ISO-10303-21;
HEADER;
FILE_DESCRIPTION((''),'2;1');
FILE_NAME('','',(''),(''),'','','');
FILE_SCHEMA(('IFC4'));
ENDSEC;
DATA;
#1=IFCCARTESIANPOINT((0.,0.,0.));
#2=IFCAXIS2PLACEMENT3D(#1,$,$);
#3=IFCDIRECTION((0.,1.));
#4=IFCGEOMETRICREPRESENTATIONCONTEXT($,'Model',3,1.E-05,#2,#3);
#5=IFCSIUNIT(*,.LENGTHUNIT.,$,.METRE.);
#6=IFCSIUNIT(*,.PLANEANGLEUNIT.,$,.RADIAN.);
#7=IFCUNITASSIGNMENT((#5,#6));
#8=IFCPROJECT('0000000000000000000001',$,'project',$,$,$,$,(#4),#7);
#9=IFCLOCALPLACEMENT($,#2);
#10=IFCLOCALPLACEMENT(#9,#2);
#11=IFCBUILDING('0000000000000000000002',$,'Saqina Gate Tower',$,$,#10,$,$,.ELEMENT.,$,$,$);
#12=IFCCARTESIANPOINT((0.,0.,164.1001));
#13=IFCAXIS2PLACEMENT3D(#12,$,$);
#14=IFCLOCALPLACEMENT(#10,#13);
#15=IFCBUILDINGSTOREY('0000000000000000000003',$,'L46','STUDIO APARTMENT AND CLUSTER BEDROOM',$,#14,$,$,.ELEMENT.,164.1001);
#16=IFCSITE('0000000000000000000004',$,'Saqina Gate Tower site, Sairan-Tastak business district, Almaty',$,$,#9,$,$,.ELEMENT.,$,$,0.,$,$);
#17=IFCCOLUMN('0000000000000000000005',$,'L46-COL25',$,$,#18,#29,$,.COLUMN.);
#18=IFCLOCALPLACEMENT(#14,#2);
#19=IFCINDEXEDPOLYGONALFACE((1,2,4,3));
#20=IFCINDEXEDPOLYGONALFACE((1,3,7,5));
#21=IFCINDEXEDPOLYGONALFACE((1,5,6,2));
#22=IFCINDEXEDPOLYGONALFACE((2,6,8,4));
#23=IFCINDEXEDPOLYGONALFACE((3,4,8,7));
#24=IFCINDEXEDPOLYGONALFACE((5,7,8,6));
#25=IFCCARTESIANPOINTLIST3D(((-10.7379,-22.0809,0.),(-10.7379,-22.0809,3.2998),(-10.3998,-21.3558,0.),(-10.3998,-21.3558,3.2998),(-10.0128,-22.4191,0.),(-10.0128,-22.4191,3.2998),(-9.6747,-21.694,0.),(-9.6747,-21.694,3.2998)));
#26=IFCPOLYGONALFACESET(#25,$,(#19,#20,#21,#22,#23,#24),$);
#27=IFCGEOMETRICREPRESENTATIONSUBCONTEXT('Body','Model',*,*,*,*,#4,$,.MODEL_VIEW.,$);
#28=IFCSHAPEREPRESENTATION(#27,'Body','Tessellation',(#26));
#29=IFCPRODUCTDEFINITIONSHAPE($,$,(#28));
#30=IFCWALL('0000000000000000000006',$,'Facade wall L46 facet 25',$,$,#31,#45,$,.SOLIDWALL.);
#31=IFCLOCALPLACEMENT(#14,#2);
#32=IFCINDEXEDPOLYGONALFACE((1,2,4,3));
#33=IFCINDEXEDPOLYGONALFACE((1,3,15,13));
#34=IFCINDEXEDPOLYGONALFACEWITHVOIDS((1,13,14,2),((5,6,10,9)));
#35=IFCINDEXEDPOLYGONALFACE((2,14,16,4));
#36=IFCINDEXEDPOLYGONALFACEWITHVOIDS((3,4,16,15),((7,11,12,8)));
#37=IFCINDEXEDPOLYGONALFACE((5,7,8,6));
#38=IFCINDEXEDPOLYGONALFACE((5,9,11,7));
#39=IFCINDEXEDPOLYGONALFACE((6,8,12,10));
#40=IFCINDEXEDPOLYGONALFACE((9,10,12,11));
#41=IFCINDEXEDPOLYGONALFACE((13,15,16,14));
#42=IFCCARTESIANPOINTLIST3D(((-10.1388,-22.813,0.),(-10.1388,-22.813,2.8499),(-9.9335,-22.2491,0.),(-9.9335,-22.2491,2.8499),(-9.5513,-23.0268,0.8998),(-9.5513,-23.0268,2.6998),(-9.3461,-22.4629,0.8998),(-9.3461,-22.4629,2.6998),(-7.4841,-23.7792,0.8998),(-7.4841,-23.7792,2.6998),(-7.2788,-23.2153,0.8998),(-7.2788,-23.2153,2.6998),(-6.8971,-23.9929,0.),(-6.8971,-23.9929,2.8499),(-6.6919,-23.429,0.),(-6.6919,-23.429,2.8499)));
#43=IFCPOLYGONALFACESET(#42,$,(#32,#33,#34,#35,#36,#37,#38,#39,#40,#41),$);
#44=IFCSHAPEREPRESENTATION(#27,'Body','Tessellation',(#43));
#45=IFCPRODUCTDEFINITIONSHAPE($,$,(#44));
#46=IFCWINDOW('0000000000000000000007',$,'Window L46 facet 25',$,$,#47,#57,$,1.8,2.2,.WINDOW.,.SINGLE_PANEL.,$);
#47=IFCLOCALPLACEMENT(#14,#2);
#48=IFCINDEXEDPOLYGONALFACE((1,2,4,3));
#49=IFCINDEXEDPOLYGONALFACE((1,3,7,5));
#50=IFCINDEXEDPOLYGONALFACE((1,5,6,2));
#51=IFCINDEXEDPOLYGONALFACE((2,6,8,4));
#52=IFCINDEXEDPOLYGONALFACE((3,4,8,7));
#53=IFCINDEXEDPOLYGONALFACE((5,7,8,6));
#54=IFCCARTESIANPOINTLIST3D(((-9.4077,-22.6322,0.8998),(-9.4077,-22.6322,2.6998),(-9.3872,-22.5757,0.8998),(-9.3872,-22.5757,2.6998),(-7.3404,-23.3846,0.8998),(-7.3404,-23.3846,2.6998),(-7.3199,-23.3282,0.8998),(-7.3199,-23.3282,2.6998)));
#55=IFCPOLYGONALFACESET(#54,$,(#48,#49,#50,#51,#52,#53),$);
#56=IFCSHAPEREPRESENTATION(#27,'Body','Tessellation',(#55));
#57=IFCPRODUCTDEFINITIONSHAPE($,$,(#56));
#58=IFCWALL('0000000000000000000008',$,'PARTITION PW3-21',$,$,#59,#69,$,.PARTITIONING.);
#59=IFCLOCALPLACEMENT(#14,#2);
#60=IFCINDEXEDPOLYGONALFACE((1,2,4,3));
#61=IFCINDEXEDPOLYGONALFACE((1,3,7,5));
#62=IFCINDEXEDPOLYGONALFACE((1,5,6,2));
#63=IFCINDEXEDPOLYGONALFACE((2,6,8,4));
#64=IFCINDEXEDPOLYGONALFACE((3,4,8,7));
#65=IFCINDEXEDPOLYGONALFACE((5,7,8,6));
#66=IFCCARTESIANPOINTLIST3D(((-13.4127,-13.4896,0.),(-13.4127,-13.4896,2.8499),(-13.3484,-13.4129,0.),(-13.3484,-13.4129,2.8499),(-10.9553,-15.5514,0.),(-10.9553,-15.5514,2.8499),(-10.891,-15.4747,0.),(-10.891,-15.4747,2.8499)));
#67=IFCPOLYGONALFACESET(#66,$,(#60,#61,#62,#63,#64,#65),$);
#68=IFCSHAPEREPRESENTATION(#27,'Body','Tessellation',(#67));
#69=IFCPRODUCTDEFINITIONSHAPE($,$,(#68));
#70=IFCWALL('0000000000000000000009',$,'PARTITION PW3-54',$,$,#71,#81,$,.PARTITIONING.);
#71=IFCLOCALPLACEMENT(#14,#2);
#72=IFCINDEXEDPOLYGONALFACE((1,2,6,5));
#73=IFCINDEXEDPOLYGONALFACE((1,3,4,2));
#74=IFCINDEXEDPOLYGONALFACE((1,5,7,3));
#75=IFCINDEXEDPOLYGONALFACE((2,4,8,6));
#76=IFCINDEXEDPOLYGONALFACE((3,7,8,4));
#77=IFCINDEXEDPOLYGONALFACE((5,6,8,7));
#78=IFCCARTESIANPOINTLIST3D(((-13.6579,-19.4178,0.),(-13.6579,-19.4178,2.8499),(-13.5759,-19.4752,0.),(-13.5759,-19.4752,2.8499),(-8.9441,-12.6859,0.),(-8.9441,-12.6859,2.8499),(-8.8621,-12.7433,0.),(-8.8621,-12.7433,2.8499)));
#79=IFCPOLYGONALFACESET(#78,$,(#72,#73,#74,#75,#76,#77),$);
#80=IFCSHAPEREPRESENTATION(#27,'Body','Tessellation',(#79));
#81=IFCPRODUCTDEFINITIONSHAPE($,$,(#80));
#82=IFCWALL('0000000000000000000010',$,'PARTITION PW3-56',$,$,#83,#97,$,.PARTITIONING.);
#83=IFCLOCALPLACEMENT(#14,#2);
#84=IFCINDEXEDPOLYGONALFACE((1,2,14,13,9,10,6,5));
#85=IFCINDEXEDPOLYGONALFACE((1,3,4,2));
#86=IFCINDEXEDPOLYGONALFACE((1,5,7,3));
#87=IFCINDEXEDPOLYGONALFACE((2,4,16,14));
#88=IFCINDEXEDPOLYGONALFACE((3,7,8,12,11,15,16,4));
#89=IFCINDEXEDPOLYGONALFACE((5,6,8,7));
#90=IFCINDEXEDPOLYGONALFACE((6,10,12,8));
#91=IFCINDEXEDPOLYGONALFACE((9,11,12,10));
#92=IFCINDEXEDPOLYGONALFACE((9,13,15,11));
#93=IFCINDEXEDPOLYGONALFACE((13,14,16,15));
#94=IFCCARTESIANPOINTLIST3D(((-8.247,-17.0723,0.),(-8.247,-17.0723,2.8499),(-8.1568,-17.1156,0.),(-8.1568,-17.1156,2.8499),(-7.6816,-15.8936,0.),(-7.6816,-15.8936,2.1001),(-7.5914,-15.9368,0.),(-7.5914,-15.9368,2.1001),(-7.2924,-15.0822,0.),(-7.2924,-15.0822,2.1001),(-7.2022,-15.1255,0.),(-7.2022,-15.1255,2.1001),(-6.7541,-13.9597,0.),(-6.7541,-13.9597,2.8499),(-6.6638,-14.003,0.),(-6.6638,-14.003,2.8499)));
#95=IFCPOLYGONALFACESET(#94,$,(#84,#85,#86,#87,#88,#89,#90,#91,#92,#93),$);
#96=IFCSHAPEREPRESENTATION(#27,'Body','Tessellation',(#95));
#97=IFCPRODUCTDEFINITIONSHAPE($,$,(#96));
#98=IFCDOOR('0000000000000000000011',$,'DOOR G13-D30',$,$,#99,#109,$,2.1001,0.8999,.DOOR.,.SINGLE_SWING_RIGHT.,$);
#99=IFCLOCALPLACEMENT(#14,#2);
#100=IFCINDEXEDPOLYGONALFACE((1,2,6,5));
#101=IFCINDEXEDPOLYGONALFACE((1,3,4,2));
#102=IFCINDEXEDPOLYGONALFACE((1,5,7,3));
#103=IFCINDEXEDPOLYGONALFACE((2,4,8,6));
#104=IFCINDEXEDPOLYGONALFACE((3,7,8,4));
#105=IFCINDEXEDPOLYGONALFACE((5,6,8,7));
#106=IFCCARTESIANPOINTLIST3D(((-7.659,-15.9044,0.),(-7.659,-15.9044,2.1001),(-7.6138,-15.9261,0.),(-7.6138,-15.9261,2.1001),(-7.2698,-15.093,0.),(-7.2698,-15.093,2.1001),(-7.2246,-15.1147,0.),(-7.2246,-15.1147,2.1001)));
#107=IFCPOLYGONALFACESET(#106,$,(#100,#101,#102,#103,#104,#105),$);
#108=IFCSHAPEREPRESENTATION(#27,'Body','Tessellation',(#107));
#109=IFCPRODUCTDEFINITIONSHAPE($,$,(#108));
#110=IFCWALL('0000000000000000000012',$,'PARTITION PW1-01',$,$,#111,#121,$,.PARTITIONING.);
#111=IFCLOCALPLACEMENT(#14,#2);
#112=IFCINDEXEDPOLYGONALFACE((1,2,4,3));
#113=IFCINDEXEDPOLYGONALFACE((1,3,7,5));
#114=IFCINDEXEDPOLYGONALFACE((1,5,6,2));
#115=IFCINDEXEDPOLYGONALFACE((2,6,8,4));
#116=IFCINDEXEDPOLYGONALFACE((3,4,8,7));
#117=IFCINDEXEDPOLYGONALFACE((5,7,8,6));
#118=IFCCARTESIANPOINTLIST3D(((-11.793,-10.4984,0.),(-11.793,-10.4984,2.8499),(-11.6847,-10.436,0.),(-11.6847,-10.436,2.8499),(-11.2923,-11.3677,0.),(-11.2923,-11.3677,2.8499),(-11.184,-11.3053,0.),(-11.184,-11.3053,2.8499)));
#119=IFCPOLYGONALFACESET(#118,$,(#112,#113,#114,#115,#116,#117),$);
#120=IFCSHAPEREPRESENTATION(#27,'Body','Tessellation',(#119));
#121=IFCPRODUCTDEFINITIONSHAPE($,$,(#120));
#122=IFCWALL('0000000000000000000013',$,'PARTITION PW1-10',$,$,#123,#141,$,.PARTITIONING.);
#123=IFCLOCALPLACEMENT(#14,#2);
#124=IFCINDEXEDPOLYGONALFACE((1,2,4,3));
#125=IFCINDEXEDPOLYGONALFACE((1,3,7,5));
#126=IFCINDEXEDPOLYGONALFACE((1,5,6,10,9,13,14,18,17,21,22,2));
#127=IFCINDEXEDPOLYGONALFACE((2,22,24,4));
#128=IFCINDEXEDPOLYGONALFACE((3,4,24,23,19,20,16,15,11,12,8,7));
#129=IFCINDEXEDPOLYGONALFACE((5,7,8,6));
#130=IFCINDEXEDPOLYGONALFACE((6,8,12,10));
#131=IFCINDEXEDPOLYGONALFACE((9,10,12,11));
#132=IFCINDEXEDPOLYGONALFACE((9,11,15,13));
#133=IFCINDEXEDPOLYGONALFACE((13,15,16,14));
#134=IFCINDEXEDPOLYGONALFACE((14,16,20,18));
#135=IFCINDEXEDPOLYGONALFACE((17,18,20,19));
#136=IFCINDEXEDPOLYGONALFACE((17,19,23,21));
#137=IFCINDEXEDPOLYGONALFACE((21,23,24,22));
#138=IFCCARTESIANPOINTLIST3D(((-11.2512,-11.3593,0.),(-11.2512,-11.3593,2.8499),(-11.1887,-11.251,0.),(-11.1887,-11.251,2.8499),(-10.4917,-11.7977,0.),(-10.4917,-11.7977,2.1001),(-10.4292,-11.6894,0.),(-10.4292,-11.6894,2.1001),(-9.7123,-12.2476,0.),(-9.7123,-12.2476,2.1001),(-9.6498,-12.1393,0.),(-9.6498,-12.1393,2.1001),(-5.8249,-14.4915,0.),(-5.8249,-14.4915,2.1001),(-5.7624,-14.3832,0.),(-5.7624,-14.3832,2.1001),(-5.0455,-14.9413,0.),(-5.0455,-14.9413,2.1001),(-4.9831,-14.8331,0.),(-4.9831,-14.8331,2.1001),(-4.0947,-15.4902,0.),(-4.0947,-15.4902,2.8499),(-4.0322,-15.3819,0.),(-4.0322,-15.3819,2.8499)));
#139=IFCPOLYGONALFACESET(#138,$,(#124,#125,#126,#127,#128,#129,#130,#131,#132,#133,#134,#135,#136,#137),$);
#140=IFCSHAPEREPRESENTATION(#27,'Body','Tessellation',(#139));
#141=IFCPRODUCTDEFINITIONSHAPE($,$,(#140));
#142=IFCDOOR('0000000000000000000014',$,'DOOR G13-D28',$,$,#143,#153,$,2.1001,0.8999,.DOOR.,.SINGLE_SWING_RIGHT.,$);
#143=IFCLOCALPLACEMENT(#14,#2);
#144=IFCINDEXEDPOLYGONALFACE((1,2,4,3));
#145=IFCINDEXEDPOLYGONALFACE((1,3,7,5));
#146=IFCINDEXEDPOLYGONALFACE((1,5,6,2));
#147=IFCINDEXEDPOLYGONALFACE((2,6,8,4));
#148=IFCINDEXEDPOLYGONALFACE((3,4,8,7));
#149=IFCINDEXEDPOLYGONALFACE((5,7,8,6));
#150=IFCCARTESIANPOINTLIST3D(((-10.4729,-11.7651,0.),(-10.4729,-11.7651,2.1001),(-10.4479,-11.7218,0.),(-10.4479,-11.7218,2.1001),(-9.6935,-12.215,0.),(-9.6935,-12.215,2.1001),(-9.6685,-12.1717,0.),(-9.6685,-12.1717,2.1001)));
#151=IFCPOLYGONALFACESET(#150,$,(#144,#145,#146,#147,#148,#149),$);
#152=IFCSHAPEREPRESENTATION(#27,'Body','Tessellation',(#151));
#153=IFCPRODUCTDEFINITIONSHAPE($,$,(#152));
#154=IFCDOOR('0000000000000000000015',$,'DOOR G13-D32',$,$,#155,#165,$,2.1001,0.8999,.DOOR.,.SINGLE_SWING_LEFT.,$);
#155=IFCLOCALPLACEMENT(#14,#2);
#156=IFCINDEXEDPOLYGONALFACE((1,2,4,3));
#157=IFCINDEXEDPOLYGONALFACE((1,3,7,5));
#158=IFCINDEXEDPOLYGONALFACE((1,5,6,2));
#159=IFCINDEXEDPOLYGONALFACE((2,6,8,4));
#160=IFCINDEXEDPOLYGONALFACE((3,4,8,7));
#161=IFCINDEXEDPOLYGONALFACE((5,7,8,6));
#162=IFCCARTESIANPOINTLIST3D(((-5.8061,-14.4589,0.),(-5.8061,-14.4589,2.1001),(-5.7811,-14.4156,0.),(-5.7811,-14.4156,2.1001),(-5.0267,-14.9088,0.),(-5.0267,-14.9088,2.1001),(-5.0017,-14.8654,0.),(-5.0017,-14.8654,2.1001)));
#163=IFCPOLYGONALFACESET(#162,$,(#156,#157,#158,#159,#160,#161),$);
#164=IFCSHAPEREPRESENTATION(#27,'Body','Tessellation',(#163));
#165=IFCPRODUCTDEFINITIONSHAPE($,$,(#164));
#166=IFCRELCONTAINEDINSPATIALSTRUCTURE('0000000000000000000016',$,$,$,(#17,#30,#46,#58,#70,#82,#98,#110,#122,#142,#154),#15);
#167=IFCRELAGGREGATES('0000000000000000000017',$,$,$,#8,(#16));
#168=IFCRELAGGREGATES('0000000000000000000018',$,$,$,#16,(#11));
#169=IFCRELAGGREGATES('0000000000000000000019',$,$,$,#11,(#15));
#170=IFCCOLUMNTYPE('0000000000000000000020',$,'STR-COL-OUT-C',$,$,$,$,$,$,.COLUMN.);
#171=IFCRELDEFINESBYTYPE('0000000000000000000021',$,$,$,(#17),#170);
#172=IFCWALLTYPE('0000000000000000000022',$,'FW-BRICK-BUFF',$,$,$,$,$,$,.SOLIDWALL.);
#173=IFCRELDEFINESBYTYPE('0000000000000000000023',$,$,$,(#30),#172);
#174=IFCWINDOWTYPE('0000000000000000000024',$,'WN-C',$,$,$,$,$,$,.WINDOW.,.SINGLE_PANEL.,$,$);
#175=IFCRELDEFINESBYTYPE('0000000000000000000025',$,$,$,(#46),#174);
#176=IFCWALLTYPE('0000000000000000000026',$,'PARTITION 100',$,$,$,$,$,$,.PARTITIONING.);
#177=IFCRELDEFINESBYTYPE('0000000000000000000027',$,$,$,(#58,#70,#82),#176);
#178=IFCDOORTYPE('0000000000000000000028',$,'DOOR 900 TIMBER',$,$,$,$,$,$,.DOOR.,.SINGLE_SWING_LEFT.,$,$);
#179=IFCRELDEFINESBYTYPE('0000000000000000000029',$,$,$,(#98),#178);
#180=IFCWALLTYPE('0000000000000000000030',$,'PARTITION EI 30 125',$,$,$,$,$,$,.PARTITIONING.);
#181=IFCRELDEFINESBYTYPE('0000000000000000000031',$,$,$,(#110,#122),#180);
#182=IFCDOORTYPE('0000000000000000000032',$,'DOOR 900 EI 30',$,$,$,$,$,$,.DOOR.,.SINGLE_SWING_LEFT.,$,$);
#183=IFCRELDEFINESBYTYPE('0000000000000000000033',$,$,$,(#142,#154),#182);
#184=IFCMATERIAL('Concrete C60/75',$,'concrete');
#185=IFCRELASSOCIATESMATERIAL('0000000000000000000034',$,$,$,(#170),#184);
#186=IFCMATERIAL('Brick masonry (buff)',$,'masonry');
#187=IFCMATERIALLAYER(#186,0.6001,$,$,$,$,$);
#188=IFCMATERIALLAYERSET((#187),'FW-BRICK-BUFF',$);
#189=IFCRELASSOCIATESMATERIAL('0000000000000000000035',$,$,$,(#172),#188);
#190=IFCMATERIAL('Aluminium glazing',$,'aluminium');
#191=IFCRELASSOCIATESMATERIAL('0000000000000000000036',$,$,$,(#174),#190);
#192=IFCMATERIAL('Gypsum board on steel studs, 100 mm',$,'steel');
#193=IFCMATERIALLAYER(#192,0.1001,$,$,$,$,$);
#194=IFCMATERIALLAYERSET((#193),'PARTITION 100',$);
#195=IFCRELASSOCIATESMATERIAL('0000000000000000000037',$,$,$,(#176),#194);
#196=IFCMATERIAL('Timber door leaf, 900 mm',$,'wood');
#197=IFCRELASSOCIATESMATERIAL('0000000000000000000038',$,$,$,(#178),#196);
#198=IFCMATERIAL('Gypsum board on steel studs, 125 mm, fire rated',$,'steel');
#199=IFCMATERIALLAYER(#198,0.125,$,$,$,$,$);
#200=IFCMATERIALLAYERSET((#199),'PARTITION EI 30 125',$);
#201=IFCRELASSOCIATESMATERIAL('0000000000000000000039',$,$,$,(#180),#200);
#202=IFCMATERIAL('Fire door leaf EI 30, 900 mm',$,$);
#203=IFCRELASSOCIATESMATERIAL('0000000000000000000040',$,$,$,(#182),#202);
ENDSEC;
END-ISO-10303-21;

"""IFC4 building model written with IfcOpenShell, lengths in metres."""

from ifc_helpers import new_model, si_unit, direction, frame, frame_2d, origin, origin_2d, place, context, subcontext, project, spatial, rectangle, extrude, material, layer, layer_set, material_profile, profile_set, type_object, element, fill, save


model = new_model("IFC4")

# Units and contexts
model_context = context("Model", 3, precision=1e-05, world=origin(), true_north=direction((0.0, 1.0)))
body_context = subcontext(model_context, "Body", "Model", "MODEL_VIEW")
ifc_project = project(units=[si_unit("LENGTHUNIT", "METRE"), si_unit("PLANEANGLEUNIT", "RADIAN")], contexts=[model_context])

# Site, building, storey
site_placement = place(None, origin())
site = spatial("IfcSite", under=ifc_project, at=site_placement, Name="Saqina Gate Tower site, Sairan-Tastak business district, Almaty", CompositionType="ELEMENT", RefElevation=0.0)
building_placement = place(site_placement, origin())
building = spatial("IfcBuilding", under=site, at=building_placement, Name="Saqina Gate Tower", CompositionType="ELEMENT")
storey_placement = place(building_placement, frame((0.0, 0.0, 164.1001)))
storey = spatial("IfcBuildingStorey", under=building, at=storey_placement, Name="L46", Description="STUDIO APARTMENT AND CLUSTER BEDROOM", CompositionType="ELEMENT", Elevation=164.1001)

# Column
ifc_material_1 = material(Name="Concrete C60/75", Category="concrete")
ifc_material_profile = material_profile(ifc_material_1, rectangle(XDim=0.8, YDim=0.8, at=origin_2d()), Name="RC 800x800")
ifc_profile_set = profile_set([ifc_material_profile], Name="Concrete C60/75")
column_type = type_object("IfcColumnType", Name="STR-COL-OUT-C", PredefinedType="COLUMN", material=ifc_profile_set)
column_placement = place(storey_placement, frame((-10.2063, -21.8875, 0.0), z_axis=(0.0, 0.0, 1.0), x_axis=(-0.422618, -0.906308, 0.0)))
element("IfcColumn", 1, at=column_placement, inside=storey, type_object=column_type, Name="L46-COL25", PredefinedType="COLUMN", context=body_context, shape_type="SweptSolid", body=[
    extrude(rectangle(XDim=0.8, YDim=0.8, at=origin_2d()), origin(), (0.0, 0.0, 1.0), 3.2998),
])

# Wall, opening, window
ifc_material_2 = material(Name="Brick masonry (buff)", Category="masonry")
ifc_layer_1 = layer(ifc_material_2, 0.6001)
ifc_layer_set_1 = layer_set([ifc_layer_1], Name="FW-BRICK-BUFF")
wall_type_1 = type_object("IfcWallType", Name="FW-BRICK-BUFF", PredefinedType="SOLIDWALL", material=ifc_layer_set_1)
wall_1_placement = place(storey_placement, frame((-10.0361, -22.531, 0.0), z_axis=(0.0, 0.0, 1.0), x_axis=(0.939688, -0.342033, 0.0)))
wall_1 = element("IfcWall", 2, at=wall_1_placement, inside=storey, type_object=wall_type_1, Name="Facade wall L46 facet 25", PredefinedType="SOLIDWALL", context=body_context, shape_type="SweptSolid", body=[
    extrude(rectangle(XDim=3.4497, YDim=0.6001, at=frame_2d((1.7249, 0.0))), origin(), (0.0, 0.0, 1.0), 2.8499),
])
opening_1_placement = place(wall_1_placement, frame((0.625, 0.0, 0.8999)))
opening_1 = element("IfcOpeningElement", 3, at=opening_1_placement, cuts=wall_1, PredefinedType="OPENING", context=body_context, shape_type="SweptSolid", body=[
    extrude(rectangle(XDim=2.2, YDim=1.8, at=frame_2d((1.1001, 0.8999))), frame((0.0, 0.312, 0.0), z_axis=(0.0, -1.0, 0.0), x_axis=(1.0, 0.0, 0.0)), (0.0, 0.0, 1.0), 0.624),
])
ifc_material_3 = material(Name="Aluminium glazing", Category="aluminium")
window_type = type_object("IfcWindowType", Name="WN-C", PartitioningType="SINGLE_PANEL", PredefinedType="WINDOW", material=ifc_material_3)
window_placement = place(opening_1_placement, origin())
window = element("IfcWindow", 4, at=window_placement, inside=storey, type_object=window_type, Name="Window L46 facet 25", OverallHeight=1.8, OverallWidth=2.2, PartitioningType="SINGLE_PANEL", PredefinedType="WINDOW", context=body_context, shape_type="SweptSolid", body=[
    extrude(rectangle(XDim=2.2, YDim=1.8, at=frame_2d((1.1001, 0.8999))), frame((0.0, 0.1799, 0.0), z_axis=(0.0, -1.0, 0.0), x_axis=(1.0, 0.0, 0.0)), (0.0, 0.0, 1.0), 0.0601),
])
fill(opening_1, window)

# Walls
ifc_material_4 = material(Name="Gypsum board on steel studs, 100 mm", Category="steel")
ifc_layer_2 = layer(ifc_material_4, 0.1001)
ifc_layer_set_2 = layer_set([ifc_layer_2], Name="PARTITION 100")
wall_type_2 = type_object("IfcWallType", Name="PARTITION 100", PredefinedType="PARTITIONING", material=ifc_layer_set_2)
wall_2_placement = place(storey_placement, frame((-13.3806, -13.4512, 0.0), z_axis=(0.0, 0.0, 1.0), x_axis=(0.766065, -0.642764, 0.0)))
element("IfcWall", 5, at=wall_2_placement, inside=storey, type_object=wall_type_2, Name="PARTITION PW3-21", PredefinedType="PARTITIONING", context=body_context, shape_type="SweptSolid", body=[
    extrude(rectangle(XDim=3.2078, YDim=0.1001, at=frame_2d((1.604, 0.0))), origin(), (0.0, 0.0, 1.0), 2.8499),
])
wall_3_placement = place(storey_placement, frame((-13.6169, -19.4465, 0.0), z_axis=(0.0, 0.0, 1.0), x_axis=(0.573586, 0.819145, 0.0)))
element("IfcWall", 6, at=wall_3_placement, inside=storey, type_object=wall_type_2, Name="PARTITION PW3-54", PredefinedType="PARTITIONING", context=body_context, shape_type="SweptSolid", body=[
    extrude(rectangle(XDim=8.2183, YDim=0.1001, at=frame_2d((4.1091, 0.0))), origin(), (0.0, 0.0, 1.0), 2.8499),
])

# Wall, opening, door
wall_4_placement = place(storey_placement, frame((-8.2019, -17.094, 0.0), z_axis=(0.0, 0.0, 1.0), x_axis=(0.432471, 0.901648, 0.0)))
wall_4 = element("IfcWall", 7, at=wall_4_placement, inside=storey, type_object=wall_type_2, Name="PARTITION PW3-56", PredefinedType="PARTITIONING", context=body_context, shape_type="SweptSolid", body=[
    extrude(rectangle(XDim=3.4521, YDim=0.1001, at=frame_2d((1.7261, 0.0))), origin(), (0.0, 0.0, 1.0), 2.8499),
])
opening_2_placement = place(wall_4_placement, frame((1.3074, 0.0, 0.0)))
opening_2 = element("IfcOpeningElement", 8, at=opening_2_placement, cuts=wall_4, PredefinedType="OPENING", context=body_context, shape_type="SweptSolid", body=[
    extrude(rectangle(XDim=0.8999, YDim=2.1001, at=frame_2d((0.45, 1.05))), frame((0.0, 0.062, 0.0), z_axis=(0.0, -1.0, 0.0), x_axis=(1.0, 0.0, 0.0)), (0.0, 0.0, 1.0), 0.124),
])
ifc_material_5 = material(Name="Timber door leaf, 900 mm", Category="wood")
door_type_1 = type_object("IfcDoorType", Name="DOOR 900 TIMBER", OperationType="SINGLE_SWING_LEFT", PredefinedType="DOOR", material=ifc_material_5)
door_1_placement = place(opening_2_placement, origin())
door_1 = element("IfcDoor", 9, at=door_1_placement, inside=storey, type_object=door_type_1, Name="DOOR G13-D30", OperationType="SINGLE_SWING_RIGHT", OverallHeight=2.1001, OverallWidth=0.8999, PredefinedType="DOOR", context=body_context, shape_type="SweptSolid", body=[
    extrude(rectangle(XDim=0.8999, YDim=2.1001, at=frame_2d((0.45, 1.05))), frame((0.0, 0.0249, 0.0), z_axis=(0.0, -1.0, 0.0), x_axis=(1.0, 0.0, 0.0)), (0.0, 0.0, 1.0), 0.05),
])
fill(opening_2, door_1)

# Wall
ifc_material_6 = material(Name="Gypsum board on steel studs, 125 mm, fire rated", Category="steel")
ifc_layer_3 = layer(ifc_material_6, 0.125)
ifc_layer_set_3 = layer_set([ifc_layer_3], Name="PARTITION EI 30 125")
wall_type_3 = type_object("IfcWallType", Name="PARTITION EI 30 125", PredefinedType="PARTITIONING", material=ifc_layer_set_3)
wall_5_placement = place(storey_placement, frame((-11.7388, -10.4673, 0.0), z_axis=(0.0, 0.0, 1.0), x_axis=(0.499097, -0.866546, 0.0)))
element("IfcWall", 10, at=wall_5_placement, inside=storey, type_object=wall_type_3, Name="PARTITION PW1-01", PredefinedType="PARTITIONING", context=body_context, shape_type="SweptSolid", body=[
    extrude(rectangle(XDim=1.0032, YDim=0.125, at=frame_2d((0.5015, 0.0))), origin(), (0.0, 0.0, 1.0), 2.8499),
])

# Wall, openings, doors
wall_6_placement = place(storey_placement, frame((-11.22, -11.3052, 0.0), z_axis=(0.0, 0.0, 1.0), x_axis=(0.866075, -0.499914, 0.0)))
wall_6 = element("IfcWall", 11, at=wall_6_placement, inside=storey, type_object=wall_type_3, Name="PARTITION PW1-10", PredefinedType="PARTITIONING", context=body_context, shape_type="SweptSolid", body=[
    extrude(rectangle(XDim=8.2632, YDim=0.125, at=frame_2d((4.1316, 0.0))), origin(), (0.0, 0.0, 1.0), 2.8499),
])
opening_3_placement = place(wall_6_placement, frame((0.877, 0.0, 0.0)))
opening_3 = element("IfcOpeningElement", 12, at=opening_3_placement, cuts=wall_6, PredefinedType="OPENING", context=body_context, shape_type="SweptSolid", body=[
    extrude(rectangle(XDim=0.8999, YDim=2.1001, at=frame_2d((0.45, 1.05))), frame((0.0, 0.0745, 0.0), z_axis=(0.0, -1.0, 0.0), x_axis=(1.0, 0.0, 0.0)), (0.0, 0.0, 1.0), 0.1489),
])
opening_4_placement = place(wall_6_placement, frame((6.2654, 0.0, 0.0)))
opening_4 = element("IfcOpeningElement", 13, at=opening_4_placement, cuts=wall_6, PredefinedType="OPENING", context=body_context, shape_type="SweptSolid", body=[
    extrude(rectangle(XDim=0.8999, YDim=2.1001, at=frame_2d((0.45, 1.05))), frame((0.0, 0.0745, 0.0), z_axis=(0.0, -1.0, 0.0), x_axis=(1.0, 0.0, 0.0)), (0.0, 0.0, 1.0), 0.1489),
])
ifc_material_7 = material(Name="Fire door leaf EI 30, 900 mm")
door_type_2 = type_object("IfcDoorType", Name="DOOR 900 EI 30", OperationType="SINGLE_SWING_LEFT", PredefinedType="DOOR", material=ifc_material_7)
door_2_placement = place(opening_3_placement, frame((0.8999, 0.0, 0.0), z_axis=(0.0, 0.0, 1.0), x_axis=(-1.0, 0.0, 0.0)))
door_2 = element("IfcDoor", 14, at=door_2_placement, inside=storey, type_object=door_type_2, Name="DOOR G13-D28", OperationType="SINGLE_SWING_RIGHT", OverallHeight=2.1001, OverallWidth=0.8999, PredefinedType="DOOR", context=body_context, shape_type="SweptSolid", body=[
    extrude(rectangle(XDim=0.8999, YDim=2.1001, at=frame_2d((0.45, 1.05))), frame((0.0, 0.0249, 0.0), z_axis=(0.0, -1.0, 0.0), x_axis=(1.0, 0.0, 0.0)), (0.0, 0.0, 1.0), 0.05),
])
fill(opening_3, door_2)
door_3_placement = place(opening_4_placement, frame((0.8999, 0.0, 0.0), z_axis=(0.0, 0.0, 1.0), x_axis=(-1.0, 0.0, 0.0)))
door_3 = element("IfcDoor", 15, at=door_3_placement, inside=storey, type_object=door_type_2, Name="DOOR G13-D32", OperationType="SINGLE_SWING_LEFT", OverallHeight=2.1001, OverallWidth=0.8999, PredefinedType="DOOR", context=body_context, shape_type="SweptSolid", body=[
    extrude(rectangle(XDim=0.8999, YDim=2.1001, at=frame_2d((0.45, 1.05))), frame((0.0, 0.0249, 0.0), z_axis=(0.0, -1.0, 0.0), x_axis=(1.0, 0.0, 0.0)), (0.0, 0.0, 1.0), 0.05),
])
fill(opening_4, door_3)

save(model, "model.ifc")
